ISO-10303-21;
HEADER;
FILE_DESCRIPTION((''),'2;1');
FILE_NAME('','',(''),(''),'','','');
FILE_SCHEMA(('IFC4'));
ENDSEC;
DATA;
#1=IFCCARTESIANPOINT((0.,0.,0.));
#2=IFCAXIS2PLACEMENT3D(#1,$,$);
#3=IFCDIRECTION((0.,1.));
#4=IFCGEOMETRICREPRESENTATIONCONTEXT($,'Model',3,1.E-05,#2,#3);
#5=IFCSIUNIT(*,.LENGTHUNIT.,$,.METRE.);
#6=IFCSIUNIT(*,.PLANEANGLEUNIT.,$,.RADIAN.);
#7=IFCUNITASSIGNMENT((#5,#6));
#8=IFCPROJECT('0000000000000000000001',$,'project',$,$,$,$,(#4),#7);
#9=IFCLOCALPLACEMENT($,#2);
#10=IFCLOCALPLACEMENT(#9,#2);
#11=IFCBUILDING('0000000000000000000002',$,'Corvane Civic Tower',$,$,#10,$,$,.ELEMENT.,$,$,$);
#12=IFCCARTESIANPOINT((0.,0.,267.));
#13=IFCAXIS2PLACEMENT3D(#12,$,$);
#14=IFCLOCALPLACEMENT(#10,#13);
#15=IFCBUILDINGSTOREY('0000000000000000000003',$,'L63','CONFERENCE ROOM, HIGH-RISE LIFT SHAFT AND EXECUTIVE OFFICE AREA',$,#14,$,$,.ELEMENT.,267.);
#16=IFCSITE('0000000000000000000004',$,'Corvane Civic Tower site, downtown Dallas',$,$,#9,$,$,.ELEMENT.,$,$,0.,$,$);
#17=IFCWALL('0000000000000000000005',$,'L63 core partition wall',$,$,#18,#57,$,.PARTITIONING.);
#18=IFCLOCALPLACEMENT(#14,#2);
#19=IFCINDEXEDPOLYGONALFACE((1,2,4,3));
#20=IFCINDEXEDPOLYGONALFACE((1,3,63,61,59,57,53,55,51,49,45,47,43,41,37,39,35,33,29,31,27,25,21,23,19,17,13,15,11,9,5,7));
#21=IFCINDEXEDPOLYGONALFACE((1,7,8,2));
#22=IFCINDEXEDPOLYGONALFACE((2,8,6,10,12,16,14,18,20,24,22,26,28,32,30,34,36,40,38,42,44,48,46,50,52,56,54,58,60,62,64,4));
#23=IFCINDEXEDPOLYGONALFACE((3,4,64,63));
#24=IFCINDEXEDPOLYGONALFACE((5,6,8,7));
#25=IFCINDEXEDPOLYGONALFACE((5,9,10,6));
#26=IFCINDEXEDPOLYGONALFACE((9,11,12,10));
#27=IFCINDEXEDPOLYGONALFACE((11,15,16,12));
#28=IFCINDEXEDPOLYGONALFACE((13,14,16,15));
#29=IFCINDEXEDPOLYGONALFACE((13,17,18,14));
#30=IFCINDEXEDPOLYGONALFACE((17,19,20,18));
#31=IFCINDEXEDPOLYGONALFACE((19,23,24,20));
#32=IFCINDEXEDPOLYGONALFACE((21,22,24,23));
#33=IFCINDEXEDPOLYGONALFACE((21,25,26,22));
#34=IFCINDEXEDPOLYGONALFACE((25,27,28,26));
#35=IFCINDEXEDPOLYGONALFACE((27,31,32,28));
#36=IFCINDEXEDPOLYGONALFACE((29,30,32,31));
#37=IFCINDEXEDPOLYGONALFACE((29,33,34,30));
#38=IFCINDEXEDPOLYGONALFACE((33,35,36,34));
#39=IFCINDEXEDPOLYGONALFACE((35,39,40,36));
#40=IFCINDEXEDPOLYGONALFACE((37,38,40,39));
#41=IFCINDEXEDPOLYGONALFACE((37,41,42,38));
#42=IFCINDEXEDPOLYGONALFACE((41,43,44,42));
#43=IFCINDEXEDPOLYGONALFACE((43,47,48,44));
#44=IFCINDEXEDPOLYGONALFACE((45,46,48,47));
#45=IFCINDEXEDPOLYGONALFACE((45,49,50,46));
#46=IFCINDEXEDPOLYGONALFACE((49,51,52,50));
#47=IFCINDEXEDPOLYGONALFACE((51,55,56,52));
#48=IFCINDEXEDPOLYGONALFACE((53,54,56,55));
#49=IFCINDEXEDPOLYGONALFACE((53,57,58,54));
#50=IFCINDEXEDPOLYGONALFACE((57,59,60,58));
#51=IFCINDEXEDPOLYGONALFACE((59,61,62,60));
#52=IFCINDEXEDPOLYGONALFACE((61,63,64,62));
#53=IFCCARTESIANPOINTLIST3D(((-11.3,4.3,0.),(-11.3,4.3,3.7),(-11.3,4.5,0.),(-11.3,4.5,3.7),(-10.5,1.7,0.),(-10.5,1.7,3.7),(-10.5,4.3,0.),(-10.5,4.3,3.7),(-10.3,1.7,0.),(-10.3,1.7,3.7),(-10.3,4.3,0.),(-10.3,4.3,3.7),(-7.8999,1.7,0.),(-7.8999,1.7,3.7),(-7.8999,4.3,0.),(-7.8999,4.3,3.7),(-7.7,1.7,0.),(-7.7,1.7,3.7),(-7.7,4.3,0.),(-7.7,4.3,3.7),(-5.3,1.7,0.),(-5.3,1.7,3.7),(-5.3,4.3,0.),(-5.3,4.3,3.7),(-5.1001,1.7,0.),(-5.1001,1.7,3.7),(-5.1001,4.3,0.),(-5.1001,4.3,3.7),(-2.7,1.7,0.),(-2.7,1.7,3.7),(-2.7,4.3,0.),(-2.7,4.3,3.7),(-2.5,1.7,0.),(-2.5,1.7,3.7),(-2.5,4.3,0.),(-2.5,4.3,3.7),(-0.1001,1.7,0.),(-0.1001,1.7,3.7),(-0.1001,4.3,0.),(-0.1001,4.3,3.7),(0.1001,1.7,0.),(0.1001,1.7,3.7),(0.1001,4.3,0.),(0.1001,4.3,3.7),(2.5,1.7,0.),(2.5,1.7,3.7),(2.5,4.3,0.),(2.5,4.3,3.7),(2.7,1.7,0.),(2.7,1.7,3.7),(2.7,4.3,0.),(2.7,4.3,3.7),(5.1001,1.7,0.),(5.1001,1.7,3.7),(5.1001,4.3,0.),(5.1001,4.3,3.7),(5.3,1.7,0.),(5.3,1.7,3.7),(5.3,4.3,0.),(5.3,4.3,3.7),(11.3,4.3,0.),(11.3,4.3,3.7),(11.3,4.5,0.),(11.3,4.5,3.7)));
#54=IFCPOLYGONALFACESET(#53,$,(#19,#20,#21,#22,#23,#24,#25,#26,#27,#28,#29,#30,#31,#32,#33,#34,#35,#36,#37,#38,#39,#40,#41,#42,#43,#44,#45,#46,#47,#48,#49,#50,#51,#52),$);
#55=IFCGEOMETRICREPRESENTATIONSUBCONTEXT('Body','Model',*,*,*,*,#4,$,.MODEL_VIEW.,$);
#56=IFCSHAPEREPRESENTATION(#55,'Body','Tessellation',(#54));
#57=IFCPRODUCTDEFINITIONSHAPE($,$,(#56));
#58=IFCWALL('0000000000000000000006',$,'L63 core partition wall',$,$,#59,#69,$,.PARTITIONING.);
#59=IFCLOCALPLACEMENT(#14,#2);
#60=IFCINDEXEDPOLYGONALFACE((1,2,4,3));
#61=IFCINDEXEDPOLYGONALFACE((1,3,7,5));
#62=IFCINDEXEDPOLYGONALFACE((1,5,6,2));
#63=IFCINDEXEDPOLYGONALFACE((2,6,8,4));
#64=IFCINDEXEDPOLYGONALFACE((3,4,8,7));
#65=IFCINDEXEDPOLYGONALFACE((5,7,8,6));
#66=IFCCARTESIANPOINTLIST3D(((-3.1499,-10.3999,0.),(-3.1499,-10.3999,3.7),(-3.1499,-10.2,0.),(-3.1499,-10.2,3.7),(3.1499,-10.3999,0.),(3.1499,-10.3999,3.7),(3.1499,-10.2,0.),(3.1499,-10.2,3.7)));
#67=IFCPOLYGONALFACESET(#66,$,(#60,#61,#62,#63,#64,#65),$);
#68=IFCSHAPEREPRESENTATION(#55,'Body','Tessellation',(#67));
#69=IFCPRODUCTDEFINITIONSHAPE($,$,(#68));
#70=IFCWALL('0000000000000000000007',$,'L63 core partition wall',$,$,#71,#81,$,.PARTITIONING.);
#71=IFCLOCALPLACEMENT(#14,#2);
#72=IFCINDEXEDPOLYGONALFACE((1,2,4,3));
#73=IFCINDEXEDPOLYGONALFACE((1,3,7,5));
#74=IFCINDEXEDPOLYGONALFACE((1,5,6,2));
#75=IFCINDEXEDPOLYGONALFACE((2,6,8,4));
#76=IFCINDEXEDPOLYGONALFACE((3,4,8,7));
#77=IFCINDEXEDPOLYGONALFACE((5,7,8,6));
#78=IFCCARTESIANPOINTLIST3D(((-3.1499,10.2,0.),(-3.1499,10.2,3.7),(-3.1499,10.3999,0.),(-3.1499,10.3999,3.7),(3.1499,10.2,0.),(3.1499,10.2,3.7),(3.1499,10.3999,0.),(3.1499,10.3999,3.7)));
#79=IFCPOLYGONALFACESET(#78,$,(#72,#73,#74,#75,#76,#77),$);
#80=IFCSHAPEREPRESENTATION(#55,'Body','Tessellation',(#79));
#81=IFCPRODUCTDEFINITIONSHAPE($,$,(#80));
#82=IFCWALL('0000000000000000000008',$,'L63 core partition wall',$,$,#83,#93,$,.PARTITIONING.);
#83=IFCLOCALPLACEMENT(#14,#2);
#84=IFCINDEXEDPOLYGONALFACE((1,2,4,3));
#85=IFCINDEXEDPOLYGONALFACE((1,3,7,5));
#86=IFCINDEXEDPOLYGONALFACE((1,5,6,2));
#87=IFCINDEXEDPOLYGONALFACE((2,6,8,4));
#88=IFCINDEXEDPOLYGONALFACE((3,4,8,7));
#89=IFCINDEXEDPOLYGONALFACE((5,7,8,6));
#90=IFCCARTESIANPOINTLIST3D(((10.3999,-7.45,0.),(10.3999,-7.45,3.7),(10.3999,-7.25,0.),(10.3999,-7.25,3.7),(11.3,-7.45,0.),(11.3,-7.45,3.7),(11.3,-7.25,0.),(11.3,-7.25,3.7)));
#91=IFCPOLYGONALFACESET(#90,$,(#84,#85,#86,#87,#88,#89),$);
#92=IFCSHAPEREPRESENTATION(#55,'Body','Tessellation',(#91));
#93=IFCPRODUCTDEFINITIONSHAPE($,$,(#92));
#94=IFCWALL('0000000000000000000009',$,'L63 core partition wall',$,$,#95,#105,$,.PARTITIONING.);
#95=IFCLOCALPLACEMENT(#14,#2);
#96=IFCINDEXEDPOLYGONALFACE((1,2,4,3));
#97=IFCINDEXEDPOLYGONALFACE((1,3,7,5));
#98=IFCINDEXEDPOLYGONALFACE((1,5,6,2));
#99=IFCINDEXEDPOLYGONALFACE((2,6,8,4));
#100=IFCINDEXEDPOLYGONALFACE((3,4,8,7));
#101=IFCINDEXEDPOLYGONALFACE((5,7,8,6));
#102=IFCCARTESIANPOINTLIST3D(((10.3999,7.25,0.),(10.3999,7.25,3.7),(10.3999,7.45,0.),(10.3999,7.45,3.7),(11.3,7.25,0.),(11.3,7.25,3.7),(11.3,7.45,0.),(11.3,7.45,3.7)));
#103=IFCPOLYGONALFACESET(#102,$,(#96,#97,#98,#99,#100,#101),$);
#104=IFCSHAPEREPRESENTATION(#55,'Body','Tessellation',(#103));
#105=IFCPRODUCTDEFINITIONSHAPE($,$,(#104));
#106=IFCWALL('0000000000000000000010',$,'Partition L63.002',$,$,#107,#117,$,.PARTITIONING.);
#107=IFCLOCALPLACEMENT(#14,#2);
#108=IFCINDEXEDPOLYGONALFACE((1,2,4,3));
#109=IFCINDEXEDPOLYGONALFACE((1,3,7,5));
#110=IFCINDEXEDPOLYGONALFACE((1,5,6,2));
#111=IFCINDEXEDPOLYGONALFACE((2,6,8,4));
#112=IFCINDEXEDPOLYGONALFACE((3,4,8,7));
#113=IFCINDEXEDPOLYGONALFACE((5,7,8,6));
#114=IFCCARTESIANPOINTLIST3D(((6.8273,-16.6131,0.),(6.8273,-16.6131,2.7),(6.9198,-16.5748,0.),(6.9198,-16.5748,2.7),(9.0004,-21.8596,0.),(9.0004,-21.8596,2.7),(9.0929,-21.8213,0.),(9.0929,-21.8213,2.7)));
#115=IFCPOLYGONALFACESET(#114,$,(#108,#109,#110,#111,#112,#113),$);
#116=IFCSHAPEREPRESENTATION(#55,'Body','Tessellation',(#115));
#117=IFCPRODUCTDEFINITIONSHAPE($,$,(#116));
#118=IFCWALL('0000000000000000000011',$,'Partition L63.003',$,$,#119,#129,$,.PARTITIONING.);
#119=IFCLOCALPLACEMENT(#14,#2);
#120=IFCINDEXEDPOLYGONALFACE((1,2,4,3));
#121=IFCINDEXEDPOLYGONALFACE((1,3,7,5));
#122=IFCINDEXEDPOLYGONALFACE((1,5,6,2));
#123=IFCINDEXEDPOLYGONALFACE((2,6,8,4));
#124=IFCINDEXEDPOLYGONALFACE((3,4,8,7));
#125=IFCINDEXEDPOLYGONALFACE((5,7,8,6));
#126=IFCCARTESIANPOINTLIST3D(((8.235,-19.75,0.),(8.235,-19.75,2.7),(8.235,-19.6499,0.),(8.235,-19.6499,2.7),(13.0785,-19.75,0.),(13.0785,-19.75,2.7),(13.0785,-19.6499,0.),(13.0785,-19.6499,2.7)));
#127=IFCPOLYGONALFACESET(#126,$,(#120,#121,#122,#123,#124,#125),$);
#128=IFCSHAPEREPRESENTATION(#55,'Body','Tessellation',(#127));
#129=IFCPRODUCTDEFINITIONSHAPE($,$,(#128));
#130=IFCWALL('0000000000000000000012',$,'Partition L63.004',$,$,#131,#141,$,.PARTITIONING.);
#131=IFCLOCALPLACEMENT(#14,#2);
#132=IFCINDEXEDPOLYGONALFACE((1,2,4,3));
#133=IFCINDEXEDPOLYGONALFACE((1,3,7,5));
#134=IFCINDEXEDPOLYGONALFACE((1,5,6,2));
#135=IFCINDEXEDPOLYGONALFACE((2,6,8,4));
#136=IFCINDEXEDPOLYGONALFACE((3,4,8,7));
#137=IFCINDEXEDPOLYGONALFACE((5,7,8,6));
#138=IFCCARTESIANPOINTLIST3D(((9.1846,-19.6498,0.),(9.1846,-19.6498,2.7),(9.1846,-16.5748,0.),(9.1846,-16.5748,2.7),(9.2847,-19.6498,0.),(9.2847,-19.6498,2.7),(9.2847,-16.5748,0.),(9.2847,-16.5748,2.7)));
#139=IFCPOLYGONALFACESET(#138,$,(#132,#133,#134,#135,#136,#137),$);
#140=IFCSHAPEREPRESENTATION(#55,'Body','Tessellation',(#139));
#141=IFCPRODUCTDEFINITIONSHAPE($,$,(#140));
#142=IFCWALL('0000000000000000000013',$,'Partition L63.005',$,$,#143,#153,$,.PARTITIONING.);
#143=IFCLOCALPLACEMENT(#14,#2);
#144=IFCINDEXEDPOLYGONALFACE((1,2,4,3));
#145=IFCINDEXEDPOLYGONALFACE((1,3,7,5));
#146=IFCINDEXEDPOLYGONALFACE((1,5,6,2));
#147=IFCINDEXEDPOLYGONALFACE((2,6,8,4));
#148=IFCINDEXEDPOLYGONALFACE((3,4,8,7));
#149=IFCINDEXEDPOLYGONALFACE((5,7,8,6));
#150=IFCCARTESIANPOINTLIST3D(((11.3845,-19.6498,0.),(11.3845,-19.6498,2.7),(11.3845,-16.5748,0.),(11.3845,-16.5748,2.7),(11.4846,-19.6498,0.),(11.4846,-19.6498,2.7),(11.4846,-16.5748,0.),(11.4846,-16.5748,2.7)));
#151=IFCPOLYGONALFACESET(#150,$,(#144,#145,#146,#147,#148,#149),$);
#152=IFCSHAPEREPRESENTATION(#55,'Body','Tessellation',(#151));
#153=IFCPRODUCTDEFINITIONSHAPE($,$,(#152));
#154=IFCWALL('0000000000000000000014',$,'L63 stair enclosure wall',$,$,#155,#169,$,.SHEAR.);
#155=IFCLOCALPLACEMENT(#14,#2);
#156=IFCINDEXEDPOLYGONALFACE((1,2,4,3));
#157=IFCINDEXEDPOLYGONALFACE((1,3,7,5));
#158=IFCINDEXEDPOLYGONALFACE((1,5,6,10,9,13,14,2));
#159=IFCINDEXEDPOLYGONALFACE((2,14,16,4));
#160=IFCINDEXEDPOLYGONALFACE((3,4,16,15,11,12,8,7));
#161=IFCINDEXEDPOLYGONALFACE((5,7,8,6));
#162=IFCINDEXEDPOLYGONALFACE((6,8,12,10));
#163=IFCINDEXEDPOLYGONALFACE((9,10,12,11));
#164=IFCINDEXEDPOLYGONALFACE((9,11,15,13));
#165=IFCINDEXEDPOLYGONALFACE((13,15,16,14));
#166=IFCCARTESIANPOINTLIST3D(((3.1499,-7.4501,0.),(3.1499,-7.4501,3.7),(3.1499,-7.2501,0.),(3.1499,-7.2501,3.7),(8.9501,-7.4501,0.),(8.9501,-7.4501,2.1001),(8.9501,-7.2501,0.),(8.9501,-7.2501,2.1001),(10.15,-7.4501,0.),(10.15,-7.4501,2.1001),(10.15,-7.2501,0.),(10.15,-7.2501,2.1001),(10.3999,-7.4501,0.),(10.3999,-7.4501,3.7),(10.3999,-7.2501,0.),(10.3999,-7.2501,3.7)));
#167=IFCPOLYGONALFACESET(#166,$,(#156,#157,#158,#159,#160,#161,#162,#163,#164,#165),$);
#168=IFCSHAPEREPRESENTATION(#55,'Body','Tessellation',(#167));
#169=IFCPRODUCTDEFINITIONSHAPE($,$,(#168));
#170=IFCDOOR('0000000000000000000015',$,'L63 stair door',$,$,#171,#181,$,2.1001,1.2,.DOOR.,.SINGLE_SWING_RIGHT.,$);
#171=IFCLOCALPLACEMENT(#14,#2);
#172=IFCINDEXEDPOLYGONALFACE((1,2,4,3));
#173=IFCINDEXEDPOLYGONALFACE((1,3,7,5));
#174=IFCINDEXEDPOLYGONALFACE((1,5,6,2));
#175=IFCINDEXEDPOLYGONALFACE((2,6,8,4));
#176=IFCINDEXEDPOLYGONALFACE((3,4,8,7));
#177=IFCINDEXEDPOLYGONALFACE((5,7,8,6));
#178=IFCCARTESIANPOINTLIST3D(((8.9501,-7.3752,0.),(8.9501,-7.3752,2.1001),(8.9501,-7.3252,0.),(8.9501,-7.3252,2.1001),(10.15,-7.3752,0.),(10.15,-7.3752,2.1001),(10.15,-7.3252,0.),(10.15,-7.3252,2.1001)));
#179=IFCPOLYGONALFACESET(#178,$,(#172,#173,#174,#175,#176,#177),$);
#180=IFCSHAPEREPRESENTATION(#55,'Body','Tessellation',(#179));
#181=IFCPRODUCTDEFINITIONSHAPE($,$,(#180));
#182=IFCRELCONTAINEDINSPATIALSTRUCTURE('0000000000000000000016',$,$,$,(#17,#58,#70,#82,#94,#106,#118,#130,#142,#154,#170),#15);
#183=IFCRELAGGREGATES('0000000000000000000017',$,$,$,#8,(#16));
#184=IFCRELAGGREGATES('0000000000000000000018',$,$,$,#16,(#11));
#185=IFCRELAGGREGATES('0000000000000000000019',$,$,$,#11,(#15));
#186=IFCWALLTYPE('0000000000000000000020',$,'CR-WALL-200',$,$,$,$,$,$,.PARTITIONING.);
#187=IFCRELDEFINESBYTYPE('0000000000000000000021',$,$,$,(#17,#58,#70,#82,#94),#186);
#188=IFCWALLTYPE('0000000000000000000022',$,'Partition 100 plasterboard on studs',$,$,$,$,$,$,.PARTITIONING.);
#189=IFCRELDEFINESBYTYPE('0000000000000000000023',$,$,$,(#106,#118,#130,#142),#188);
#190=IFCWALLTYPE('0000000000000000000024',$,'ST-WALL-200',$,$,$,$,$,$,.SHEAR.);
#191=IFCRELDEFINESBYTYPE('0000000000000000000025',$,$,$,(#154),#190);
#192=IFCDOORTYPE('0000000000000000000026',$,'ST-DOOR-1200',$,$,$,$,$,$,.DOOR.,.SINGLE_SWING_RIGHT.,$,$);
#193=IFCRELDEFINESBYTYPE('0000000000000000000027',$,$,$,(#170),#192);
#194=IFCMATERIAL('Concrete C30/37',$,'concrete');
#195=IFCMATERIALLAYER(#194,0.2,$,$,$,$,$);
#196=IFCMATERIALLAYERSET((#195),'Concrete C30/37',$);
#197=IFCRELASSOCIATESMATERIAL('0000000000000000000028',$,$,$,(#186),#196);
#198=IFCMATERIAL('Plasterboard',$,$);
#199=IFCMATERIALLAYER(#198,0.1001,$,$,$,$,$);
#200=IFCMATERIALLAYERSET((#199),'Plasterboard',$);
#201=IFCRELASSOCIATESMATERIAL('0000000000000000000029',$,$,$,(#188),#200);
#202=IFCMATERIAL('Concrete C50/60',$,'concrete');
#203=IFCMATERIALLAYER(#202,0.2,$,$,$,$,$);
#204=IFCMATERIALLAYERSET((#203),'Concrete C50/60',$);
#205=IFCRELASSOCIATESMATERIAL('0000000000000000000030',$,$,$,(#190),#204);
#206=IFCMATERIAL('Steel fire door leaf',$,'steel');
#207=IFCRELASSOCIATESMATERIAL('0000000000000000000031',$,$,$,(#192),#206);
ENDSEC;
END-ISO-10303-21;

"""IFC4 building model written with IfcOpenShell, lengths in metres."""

from ifc_helpers import new_model, si_unit, direction, frame, frame_2d, origin, place, context, subcontext, project, spatial, polyline, rectangle, outline, extrude, material, layer, layer_set, type_object, element, fill, save


model = new_model("IFC4")

# Units and contexts
model_context = context("Model", 3, precision=1e-05, world=origin(), true_north=direction((0.0, 1.0)))
body_context = subcontext(model_context, "Body", "Model", "MODEL_VIEW")
ifc_project = project(units=[si_unit("LENGTHUNIT", "METRE"), si_unit("PLANEANGLEUNIT", "RADIAN")], contexts=[model_context])

# Site, building, storey
site_placement = place(None, origin())
site = spatial("IfcSite", under=ifc_project, at=site_placement, Name="Corvane Civic Tower site, downtown Dallas", CompositionType="ELEMENT", RefElevation=0.0)
building_placement = place(site_placement, origin())
building = spatial("IfcBuilding", under=site, at=building_placement, Name="Corvane Civic Tower", CompositionType="ELEMENT")
storey_placement = place(building_placement, frame((0.0, 0.0, 267.0)))
storey = spatial("IfcBuildingStorey", under=building, at=storey_placement, Name="L63", Description="CONFERENCE ROOM, HIGH-RISE LIFT SHAFT AND EXECUTIVE OFFICE AREA", CompositionType="ELEMENT", Elevation=267.0)

# Shared definitions
ifc_material_1 = material(Name="Concrete C30/37", Category="concrete")
ifc_layer_1 = layer(ifc_material_1, 0.2)
ifc_layer_set_1 = layer_set([ifc_layer_1], Name="Concrete C30/37")
wall_type_1 = type_object("IfcWallType", Name="CR-WALL-200", PredefinedType="PARTITIONING", material=ifc_layer_set_1)

# Walls
wall_1_placement = place(storey_placement, origin())
element("IfcWall", 1, at=wall_1_placement, inside=storey, type_object=wall_type_1, Name="L63 core partition wall", PredefinedType="PARTITIONING", context=body_context, shape_type="SweptSolid", body=[
    extrude(outline(polyline([(0.1001, 1.7), (-0.1001, 1.7), (-0.1001, 4.3), (-2.5, 4.3), (-2.5, 1.7), (-2.7, 1.7), (-2.7, 4.3), (-5.1001, 4.3), (-5.1001, 1.7), (-5.3, 1.7), (-5.3, 4.3), (-7.7, 4.3), (-7.7, 1.7), (-7.8999, 1.7), (-7.8999, 4.3), (-10.3, 4.3), (-10.3, 1.7), (-10.5, 1.7), (-10.5, 4.3), (-11.3, 4.3), (-11.3, 4.5), (11.3, 4.5), (11.3, 4.3), (5.3, 4.3), (5.3, 1.7), (5.1001, 1.7), (5.1001, 4.3), (2.7, 4.3), (2.7, 1.7), (2.5, 1.7), (2.5, 4.3), (0.1001, 4.3), (0.1001, 1.7)])), origin(), (0.0, 0.0, 1.0), 3.7),
])
wall_2_placement = place(storey_placement, origin())
element("IfcWall", 2, at=wall_2_placement, inside=storey, type_object=wall_type_1, Name="L63 core partition wall", PredefinedType="PARTITIONING", context=body_context, shape_type="SweptSolid", body=[
    extrude(outline(polyline([(3.1499, -10.3999), (-3.1499, -10.3999), (-3.1499, -10.2), (3.1499, -10.2), (3.1499, -10.3999)])), origin(), (0.0, 0.0, 1.0), 3.7),
])
wall_3_placement = place(storey_placement, origin())
element("IfcWall", 3, at=wall_3_placement, inside=storey, type_object=wall_type_1, Name="L63 core partition wall", PredefinedType="PARTITIONING", context=body_context, shape_type="SweptSolid", body=[
    extrude(outline(polyline([(-3.1499, 10.2), (-3.1499, 10.3999), (3.1499, 10.3999), (3.1499, 10.2), (-3.1499, 10.2)])), origin(), (0.0, 0.0, 1.0), 3.7),
])
wall_4_placement = place(storey_placement, origin())
element("IfcWall", 4, at=wall_4_placement, inside=storey, type_object=wall_type_1, Name="L63 core partition wall", PredefinedType="PARTITIONING", context=body_context, shape_type="SweptSolid", body=[
    extrude(outline(polyline([(11.3, -7.45), (10.3999, -7.45), (10.3999, -7.25), (11.3, -7.25), (11.3, -7.45)])), origin(), (0.0, 0.0, 1.0), 3.7),
])
wall_5_placement = place(storey_placement, origin())
element("IfcWall", 5, at=wall_5_placement, inside=storey, type_object=wall_type_1, Name="L63 core partition wall", PredefinedType="PARTITIONING", context=body_context, shape_type="SweptSolid", body=[
    extrude(outline(polyline([(10.3999, 7.25), (10.3999, 7.45), (11.3, 7.45), (11.3, 7.25), (10.3999, 7.25)])), origin(), (0.0, 0.0, 1.0), 3.7),
])
ifc_material_2 = material(Name="Plasterboard")
ifc_layer_2 = layer(ifc_material_2, 0.1001)
ifc_layer_set_2 = layer_set([ifc_layer_2], Name="Plasterboard")
wall_type_2 = type_object("IfcWallType", Name="Partition 100 plasterboard on studs", PredefinedType="PARTITIONING", material=ifc_layer_set_2)
wall_6_placement = place(storey_placement, frame((6.8735, -16.594, 0.0), z_axis=(0.0, 0.0, 1.0), x_axis=(0.382682, -0.92388, 0.0)))
element("IfcWall", 6, at=wall_6_placement, inside=storey, type_object=wall_type_2, Name="Partition L63.002", PredefinedType="PARTITIONING", context=body_context, shape_type="SweptSolid", body=[
    extrude(rectangle(XDim=5.6787, YDim=0.1001, at=frame_2d((2.8394, 0.0))), origin(), (0.0, 0.0, 1.0), 2.7),
])
wall_7_placement = place(storey_placement, frame((8.2349, -19.7, 0.0), z_axis=(0.0, 0.0, 1.0), x_axis=(1.0, 0.0, 0.0)))
element("IfcWall", 7, at=wall_7_placement, inside=storey, type_object=wall_type_2, Name="Partition L63.003", PredefinedType="PARTITIONING", context=body_context, shape_type="SweptSolid", body=[
    extrude(rectangle(XDim=4.8435, YDim=0.1001, at=frame_2d((2.4219, 0.0))), origin(), (0.0, 0.0, 1.0), 2.7),
])
for number, where, z_axis, x_axis, name in (
    (8, (9.2346, -19.6499, 0.0), (0.0, 0.0, 1.0), (0.0, 1.0, 0.0), "Partition L63.004"),
    (9, (11.4346, -19.6499, 0.0), (0.0, 0.0, 1.0), (0.0, 1.0, 0.0), "Partition L63.005"),
):
    element("IfcWall", number, at=place(storey_placement, frame(where, z_axis=z_axis, x_axis=x_axis)), inside=storey, type_object=wall_type_2, Name=name, PredefinedType="PARTITIONING", context=body_context, shape_type="SweptSolid", body=[
        extrude(rectangle(XDim=3.075, YDim=0.1001, at=frame_2d((1.5376, 0.0))), origin(), (0.0, 0.0, 1.0), 2.7),
    ])

# Wall, opening, door
ifc_material_3 = material(Name="Concrete C50/60", Category="concrete")
ifc_layer_3 = layer(ifc_material_3, 0.2)
ifc_layer_set_3 = layer_set([ifc_layer_3], Name="Concrete C50/60")
wall_type_3 = type_object("IfcWallType", Name="ST-WALL-200", PredefinedType="SHEAR", material=ifc_layer_set_3)
wall_8_placement = place(storey_placement, frame((3.1499, -7.3501, 0.0), z_axis=(0.0, 0.0, 1.0), x_axis=(1.0, 0.0, 0.0)))
wall_8 = element("IfcWall", 10, at=wall_8_placement, inside=storey, type_object=wall_type_3, Name="L63 stair enclosure wall", PredefinedType="SHEAR", context=body_context, shape_type="SweptSolid", body=[
    extrude(rectangle(XDim=7.25, YDim=0.2, at=frame_2d((3.625, 0.0))), origin(), (0.0, 0.0, 1.0), 3.7),
])
opening_1_placement = place(wall_8_placement, frame((5.8, 0.0, 0.0)))
opening_1 = element("IfcOpeningElement", 11, at=opening_1_placement, cuts=wall_8, PredefinedType="OPENING", context=body_context, shape_type="SweptSolid", body=[
    extrude(rectangle(XDim=1.2, YDim=2.1001, at=frame_2d((0.6001, 1.05))), frame((0.0, 0.1099, 0.0), z_axis=(0.0, -1.0, 0.0), x_axis=(1.0, 0.0, 0.0)), (0.0, 0.0, 1.0), 0.22),
])
ifc_material_4 = material(Name="Steel fire door leaf", Category="steel")
door_type_1 = type_object("IfcDoorType", Name="ST-DOOR-1200", OperationType="SINGLE_SWING_RIGHT", PredefinedType="DOOR", material=ifc_material_4)
door_1_placement = place(opening_1_placement, origin())
door_1 = element("IfcDoor", 12, at=door_1_placement, inside=storey, type_object=door_type_1, Name="L63 stair door", OperationType="SINGLE_SWING_RIGHT", OverallHeight=2.1001, OverallWidth=1.2, PredefinedType="DOOR", context=body_context, shape_type="SweptSolid", body=[
    extrude(rectangle(XDim=1.2, YDim=2.1001, at=frame_2d((0.6001, 1.05))), frame((0.0, 0.0249, 0.0), z_axis=(0.0, -1.0, 0.0), x_axis=(1.0, 0.0, 0.0)), (0.0, 0.0, 1.0), 0.05),
])
fill(opening_1, door_1)

save(model, "model.ifc")
